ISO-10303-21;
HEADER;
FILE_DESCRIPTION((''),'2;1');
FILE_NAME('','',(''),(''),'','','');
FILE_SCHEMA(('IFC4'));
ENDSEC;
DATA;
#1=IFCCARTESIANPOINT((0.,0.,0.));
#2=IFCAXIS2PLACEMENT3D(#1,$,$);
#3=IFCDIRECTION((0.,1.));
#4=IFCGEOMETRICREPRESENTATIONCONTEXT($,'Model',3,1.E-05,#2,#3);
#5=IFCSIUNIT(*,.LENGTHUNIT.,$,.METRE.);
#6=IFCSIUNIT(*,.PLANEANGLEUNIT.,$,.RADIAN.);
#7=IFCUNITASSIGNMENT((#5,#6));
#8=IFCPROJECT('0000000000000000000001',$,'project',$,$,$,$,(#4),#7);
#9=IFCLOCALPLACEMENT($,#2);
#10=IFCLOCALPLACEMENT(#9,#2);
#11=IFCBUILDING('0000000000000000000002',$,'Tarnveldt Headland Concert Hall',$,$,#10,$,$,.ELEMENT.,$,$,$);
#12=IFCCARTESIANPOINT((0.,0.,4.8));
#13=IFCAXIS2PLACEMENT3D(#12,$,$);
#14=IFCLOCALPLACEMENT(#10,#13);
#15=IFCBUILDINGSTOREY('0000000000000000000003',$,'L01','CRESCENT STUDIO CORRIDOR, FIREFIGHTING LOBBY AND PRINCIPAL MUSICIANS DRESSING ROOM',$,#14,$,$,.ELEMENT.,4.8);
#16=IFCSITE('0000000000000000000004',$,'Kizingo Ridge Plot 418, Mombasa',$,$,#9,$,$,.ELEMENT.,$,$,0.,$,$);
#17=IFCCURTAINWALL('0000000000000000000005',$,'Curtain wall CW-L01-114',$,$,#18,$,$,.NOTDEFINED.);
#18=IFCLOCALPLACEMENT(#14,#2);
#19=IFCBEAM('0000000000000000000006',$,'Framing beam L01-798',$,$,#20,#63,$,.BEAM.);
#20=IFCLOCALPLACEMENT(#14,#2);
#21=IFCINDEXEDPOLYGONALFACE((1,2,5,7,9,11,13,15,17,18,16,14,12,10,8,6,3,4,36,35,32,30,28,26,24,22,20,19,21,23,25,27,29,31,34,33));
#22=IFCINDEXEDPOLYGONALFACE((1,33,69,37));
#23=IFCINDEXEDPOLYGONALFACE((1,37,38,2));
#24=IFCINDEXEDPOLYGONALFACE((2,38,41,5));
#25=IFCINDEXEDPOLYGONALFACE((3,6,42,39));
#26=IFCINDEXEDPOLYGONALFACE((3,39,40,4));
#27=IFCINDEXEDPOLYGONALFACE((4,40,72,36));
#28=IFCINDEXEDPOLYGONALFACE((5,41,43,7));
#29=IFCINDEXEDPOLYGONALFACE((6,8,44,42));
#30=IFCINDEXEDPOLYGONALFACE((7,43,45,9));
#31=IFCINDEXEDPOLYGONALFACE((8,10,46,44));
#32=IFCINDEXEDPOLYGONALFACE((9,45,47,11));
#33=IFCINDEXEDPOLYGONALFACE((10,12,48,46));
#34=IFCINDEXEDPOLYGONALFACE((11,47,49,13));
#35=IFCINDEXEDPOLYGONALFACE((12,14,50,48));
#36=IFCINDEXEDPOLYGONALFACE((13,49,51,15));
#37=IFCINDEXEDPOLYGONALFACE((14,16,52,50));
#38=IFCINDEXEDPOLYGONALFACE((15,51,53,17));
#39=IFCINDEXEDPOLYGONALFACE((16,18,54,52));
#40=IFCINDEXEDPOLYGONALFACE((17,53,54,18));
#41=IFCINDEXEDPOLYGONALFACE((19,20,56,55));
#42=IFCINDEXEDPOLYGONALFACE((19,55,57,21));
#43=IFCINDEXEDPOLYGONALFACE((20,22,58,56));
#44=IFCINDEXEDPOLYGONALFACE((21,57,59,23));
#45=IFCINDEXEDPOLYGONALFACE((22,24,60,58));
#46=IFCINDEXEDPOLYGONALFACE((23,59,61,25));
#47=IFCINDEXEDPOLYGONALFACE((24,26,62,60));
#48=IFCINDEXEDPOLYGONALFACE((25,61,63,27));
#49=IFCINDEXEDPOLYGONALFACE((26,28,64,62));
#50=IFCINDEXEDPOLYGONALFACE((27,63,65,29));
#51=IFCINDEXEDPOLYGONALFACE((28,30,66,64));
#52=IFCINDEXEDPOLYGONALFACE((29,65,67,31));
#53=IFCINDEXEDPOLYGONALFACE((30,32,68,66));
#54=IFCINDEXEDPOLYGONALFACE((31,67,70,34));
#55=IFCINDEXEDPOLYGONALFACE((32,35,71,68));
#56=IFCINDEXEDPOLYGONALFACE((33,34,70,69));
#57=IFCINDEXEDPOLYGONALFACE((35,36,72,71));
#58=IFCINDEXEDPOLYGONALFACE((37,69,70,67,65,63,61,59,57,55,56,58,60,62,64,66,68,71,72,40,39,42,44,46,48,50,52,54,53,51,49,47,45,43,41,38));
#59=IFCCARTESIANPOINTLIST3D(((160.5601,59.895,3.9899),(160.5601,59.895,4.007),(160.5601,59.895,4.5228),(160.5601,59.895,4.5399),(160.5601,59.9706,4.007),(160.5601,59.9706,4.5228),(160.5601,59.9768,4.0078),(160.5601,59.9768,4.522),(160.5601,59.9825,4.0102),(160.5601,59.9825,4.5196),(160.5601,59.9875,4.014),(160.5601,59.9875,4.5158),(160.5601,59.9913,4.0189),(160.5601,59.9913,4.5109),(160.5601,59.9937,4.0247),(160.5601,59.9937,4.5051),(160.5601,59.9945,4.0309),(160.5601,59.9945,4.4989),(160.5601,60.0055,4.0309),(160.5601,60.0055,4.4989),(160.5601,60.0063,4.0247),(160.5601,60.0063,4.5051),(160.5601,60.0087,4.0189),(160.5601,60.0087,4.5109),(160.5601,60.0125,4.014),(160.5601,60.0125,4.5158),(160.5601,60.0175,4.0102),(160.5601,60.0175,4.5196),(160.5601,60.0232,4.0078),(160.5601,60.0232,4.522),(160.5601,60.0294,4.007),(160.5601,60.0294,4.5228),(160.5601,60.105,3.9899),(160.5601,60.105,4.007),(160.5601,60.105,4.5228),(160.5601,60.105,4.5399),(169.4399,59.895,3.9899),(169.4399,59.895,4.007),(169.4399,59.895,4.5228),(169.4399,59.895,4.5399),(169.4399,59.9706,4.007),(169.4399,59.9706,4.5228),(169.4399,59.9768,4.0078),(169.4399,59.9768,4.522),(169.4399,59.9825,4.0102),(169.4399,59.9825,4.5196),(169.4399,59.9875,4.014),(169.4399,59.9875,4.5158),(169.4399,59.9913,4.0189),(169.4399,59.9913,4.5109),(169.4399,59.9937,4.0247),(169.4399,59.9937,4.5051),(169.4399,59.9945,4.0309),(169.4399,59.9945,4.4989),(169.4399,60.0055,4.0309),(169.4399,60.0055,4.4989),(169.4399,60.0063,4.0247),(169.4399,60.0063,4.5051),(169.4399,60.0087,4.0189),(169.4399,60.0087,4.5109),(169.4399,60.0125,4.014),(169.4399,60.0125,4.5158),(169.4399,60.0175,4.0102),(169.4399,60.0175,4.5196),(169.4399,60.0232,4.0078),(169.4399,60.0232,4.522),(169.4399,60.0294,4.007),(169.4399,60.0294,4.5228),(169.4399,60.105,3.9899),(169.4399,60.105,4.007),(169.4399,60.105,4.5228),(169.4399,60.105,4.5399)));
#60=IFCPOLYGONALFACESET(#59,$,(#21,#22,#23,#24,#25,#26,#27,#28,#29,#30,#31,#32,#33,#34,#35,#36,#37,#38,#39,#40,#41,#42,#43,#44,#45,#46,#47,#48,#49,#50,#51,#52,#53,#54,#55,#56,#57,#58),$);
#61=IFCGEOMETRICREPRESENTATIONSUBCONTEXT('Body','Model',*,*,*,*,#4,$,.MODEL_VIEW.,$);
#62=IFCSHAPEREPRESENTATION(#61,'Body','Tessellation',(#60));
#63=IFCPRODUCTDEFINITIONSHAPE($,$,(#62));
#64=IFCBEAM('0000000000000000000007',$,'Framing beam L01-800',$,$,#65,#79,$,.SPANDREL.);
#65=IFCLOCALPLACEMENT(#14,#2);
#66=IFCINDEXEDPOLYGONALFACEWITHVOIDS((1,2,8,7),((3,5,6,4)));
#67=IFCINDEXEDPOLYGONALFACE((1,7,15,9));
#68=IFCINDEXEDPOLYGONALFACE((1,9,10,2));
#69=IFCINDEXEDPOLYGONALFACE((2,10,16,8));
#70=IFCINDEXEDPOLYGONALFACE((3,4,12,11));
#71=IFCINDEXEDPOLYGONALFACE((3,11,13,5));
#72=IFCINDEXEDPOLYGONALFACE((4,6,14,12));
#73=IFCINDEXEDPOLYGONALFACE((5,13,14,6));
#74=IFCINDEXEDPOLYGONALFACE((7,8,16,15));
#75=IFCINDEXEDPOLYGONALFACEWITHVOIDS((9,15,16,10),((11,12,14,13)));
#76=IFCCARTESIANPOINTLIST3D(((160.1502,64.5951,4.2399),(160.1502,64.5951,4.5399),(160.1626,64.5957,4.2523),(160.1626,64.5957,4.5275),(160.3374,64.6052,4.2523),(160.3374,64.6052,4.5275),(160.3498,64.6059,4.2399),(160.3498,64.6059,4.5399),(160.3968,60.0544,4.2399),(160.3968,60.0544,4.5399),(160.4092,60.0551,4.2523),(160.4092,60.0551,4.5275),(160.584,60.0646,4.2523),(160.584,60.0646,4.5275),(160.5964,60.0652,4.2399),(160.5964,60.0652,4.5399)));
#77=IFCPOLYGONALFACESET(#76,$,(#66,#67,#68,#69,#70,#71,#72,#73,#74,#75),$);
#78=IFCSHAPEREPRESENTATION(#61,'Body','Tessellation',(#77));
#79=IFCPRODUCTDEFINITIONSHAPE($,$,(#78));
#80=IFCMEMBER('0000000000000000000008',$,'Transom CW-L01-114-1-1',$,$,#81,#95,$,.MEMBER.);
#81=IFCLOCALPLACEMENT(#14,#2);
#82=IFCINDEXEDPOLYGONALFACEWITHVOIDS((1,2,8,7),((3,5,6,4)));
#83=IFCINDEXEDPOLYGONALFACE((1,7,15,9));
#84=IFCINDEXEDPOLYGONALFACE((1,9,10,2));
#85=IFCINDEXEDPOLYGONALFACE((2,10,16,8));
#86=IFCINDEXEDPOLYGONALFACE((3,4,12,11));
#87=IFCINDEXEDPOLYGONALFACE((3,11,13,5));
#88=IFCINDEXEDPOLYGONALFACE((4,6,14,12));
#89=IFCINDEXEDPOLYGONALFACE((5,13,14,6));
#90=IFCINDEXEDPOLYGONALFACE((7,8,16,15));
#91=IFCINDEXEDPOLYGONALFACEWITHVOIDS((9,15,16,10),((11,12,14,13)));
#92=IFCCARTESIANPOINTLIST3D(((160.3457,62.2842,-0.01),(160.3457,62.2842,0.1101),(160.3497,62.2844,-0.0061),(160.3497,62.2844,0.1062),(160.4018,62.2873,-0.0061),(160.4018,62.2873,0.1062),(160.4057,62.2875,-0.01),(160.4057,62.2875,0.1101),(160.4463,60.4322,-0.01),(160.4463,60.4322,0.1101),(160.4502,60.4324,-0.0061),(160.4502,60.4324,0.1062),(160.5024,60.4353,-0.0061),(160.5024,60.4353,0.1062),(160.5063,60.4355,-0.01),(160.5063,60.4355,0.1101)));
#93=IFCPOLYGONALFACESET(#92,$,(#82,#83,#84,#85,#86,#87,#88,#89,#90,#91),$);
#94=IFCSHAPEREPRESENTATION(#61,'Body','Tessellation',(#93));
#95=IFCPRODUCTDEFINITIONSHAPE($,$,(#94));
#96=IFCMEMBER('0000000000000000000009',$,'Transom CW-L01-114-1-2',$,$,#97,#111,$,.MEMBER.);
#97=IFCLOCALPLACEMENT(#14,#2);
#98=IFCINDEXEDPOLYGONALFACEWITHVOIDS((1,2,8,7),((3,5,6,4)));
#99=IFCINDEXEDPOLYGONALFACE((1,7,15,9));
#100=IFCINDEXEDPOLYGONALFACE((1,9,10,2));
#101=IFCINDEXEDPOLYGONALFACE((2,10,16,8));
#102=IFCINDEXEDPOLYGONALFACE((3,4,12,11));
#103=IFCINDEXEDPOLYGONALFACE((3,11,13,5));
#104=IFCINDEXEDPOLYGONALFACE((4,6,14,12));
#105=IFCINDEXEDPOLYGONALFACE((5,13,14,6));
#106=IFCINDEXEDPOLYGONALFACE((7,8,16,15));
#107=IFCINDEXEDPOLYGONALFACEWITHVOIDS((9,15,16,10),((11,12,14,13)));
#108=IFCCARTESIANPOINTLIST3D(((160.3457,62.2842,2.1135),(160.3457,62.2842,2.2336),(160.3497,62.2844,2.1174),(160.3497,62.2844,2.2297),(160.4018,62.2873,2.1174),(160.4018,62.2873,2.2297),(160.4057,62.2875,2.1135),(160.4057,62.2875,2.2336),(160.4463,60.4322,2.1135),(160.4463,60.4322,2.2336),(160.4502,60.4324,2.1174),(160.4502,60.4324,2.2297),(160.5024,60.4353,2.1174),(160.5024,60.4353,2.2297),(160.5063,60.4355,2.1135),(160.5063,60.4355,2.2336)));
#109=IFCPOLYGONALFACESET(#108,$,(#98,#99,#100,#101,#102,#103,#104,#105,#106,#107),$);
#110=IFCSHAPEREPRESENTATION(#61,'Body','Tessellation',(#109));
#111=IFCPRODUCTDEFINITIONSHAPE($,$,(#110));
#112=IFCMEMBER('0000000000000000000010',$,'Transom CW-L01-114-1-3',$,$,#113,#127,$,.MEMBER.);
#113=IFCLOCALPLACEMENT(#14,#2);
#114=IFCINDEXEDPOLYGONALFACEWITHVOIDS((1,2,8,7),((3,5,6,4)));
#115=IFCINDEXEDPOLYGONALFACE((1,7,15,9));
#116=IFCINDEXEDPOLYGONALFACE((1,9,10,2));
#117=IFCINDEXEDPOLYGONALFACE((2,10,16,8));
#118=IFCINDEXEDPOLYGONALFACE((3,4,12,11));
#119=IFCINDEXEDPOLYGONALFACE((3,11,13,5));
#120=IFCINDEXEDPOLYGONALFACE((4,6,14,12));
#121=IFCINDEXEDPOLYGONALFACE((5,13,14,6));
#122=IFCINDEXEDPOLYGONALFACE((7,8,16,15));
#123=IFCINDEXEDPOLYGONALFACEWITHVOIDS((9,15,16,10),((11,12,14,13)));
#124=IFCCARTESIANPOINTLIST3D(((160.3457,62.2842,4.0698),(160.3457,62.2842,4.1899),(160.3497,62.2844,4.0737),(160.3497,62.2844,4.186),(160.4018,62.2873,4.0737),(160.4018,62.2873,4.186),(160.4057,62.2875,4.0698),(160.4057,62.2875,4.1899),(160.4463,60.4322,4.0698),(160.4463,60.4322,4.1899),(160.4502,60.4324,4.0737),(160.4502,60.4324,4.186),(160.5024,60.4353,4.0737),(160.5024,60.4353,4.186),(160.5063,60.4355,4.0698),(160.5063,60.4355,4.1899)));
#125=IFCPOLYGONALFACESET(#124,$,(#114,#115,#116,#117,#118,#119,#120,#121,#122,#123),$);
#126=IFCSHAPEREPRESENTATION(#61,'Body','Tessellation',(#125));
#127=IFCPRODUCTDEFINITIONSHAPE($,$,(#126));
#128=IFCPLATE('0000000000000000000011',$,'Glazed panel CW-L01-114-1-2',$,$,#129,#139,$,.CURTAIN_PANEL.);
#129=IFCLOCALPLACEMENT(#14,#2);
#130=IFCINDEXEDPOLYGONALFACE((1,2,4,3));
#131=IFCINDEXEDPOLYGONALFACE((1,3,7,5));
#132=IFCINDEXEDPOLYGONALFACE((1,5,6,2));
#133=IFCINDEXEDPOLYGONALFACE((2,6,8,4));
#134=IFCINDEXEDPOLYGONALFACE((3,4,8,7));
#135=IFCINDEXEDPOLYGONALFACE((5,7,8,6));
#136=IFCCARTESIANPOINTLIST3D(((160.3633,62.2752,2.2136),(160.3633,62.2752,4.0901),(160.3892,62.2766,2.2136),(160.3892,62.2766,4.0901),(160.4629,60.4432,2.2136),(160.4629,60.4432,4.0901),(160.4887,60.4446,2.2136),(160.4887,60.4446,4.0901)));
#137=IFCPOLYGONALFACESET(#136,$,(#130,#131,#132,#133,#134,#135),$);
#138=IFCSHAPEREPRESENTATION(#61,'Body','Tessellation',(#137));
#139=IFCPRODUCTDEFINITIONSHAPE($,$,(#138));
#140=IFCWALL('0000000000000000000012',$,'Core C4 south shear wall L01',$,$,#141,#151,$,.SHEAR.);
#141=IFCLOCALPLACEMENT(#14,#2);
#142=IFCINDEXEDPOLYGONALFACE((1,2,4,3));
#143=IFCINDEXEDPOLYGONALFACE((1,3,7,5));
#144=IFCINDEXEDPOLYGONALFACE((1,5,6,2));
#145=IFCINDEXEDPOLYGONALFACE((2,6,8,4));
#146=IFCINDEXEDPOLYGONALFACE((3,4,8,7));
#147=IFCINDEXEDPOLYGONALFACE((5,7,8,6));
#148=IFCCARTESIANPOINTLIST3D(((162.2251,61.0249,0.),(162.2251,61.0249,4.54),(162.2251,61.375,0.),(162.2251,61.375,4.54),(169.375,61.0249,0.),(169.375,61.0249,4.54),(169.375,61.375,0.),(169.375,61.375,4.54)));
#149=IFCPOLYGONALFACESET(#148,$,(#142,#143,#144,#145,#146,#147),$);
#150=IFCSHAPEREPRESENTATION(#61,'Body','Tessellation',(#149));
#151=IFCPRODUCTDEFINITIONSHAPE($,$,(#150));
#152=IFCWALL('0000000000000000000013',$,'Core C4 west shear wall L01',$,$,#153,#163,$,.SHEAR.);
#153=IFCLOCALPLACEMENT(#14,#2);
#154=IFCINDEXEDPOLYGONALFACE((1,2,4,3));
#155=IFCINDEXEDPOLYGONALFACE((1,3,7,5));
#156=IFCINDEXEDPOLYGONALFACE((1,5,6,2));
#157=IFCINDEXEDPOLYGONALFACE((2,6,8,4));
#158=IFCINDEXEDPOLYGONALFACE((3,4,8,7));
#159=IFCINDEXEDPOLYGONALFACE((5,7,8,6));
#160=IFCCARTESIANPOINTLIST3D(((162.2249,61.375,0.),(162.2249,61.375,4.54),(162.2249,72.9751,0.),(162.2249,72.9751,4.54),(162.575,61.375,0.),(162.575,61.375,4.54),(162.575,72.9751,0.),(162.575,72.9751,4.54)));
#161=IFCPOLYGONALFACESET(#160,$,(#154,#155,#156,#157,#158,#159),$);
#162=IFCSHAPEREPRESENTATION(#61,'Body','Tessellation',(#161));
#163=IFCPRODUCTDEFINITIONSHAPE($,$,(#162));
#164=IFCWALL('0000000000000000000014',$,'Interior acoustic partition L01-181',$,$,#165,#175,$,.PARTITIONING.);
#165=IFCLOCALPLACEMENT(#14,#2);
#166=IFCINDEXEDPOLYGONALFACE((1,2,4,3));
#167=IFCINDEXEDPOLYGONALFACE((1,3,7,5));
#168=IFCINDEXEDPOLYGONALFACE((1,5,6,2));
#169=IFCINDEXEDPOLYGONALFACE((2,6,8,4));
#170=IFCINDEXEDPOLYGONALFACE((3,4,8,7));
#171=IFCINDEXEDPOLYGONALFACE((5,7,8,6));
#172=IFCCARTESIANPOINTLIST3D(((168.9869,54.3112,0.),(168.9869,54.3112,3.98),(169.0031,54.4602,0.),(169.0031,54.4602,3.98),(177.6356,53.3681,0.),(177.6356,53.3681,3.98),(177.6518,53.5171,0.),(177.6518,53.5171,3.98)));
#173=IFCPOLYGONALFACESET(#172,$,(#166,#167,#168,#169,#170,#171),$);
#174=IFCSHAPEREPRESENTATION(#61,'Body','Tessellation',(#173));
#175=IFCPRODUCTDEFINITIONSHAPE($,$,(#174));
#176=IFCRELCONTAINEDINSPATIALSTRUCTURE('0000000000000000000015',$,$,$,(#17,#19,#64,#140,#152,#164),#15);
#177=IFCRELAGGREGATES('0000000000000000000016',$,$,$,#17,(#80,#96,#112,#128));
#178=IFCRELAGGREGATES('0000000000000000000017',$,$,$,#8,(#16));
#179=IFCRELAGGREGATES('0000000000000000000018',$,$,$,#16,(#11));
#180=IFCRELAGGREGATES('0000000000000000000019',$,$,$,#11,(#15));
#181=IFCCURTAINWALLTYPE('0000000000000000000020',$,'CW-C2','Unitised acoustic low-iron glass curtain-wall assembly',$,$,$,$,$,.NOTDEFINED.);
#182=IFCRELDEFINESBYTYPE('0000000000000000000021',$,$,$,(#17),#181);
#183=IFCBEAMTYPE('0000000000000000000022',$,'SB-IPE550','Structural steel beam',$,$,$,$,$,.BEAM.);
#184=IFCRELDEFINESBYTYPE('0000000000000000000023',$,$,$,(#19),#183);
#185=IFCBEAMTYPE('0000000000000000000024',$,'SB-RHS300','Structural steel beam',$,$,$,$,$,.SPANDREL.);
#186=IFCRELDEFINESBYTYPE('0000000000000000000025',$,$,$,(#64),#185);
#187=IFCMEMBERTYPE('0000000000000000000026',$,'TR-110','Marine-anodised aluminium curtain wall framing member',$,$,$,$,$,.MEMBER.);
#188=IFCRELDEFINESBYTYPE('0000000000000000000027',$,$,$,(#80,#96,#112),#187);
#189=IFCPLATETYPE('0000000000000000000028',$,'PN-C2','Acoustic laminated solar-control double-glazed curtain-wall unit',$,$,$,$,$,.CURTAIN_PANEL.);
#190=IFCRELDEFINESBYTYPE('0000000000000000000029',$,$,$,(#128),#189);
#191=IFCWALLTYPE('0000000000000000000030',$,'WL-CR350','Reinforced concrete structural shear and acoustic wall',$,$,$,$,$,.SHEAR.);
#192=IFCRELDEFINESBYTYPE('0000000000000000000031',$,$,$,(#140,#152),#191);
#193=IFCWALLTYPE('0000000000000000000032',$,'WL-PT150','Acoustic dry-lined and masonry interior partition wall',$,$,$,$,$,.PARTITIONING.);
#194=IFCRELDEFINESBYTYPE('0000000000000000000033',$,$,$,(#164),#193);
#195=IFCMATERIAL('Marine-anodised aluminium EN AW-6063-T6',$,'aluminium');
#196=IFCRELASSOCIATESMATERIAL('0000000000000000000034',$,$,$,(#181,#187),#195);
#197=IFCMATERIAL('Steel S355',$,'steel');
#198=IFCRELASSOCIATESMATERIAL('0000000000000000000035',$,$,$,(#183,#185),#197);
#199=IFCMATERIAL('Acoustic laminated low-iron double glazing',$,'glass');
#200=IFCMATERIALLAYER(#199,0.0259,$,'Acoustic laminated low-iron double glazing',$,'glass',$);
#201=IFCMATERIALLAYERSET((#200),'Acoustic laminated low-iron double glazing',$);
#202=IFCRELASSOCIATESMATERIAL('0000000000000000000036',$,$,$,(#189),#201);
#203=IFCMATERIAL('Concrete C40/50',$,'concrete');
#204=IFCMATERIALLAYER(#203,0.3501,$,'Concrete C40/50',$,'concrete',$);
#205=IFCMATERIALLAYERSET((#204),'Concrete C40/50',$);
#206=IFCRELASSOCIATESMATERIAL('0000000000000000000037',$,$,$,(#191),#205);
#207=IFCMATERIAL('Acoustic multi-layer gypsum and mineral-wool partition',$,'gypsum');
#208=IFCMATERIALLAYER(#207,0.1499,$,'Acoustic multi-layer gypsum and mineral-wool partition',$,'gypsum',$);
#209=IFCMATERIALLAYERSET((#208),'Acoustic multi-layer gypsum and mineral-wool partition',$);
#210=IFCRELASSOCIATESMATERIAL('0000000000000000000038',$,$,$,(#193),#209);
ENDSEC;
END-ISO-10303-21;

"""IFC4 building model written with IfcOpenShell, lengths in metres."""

from ifc_helpers import new_model, si_unit, direction, frame, frame_2d, origin, origin_2d, place, context, subcontext, project, spatial, rectangle, hollow_rectangle, i_section, extrude, material, layer, layer_set, material_profile, profile_set, type_object, element, aggregate, save


model = new_model("IFC4")

# Units and contexts
model_context = context("Model", 3, precision=1e-05, world=origin(), true_north=direction((0.0, 1.0)))
body_context = subcontext(model_context, "Body", "Model", "MODEL_VIEW")
ifc_project = project(units=[si_unit("LENGTHUNIT", "METRE"), si_unit("PLANEANGLEUNIT", "RADIAN")], contexts=[model_context])

# Site, building, storey
site_placement = place(None, origin())
site = spatial("IfcSite", under=ifc_project, at=site_placement, Name="Kizingo Ridge Plot 418, Mombasa", CompositionType="ELEMENT", RefElevation=0.0)
building_placement = place(site_placement, origin())
building = spatial("IfcBuilding", under=site, at=building_placement, Name="Tarnveldt Headland Concert Hall", CompositionType="ELEMENT")
storey_placement = place(building_placement, frame((0.0, 0.0, 4.8)))
storey = spatial("IfcBuildingStorey", under=building, at=storey_placement, Name="L01", Description="CRESCENT STUDIO CORRIDOR, FIREFIGHTING LOBBY AND PRINCIPAL MUSICIANS DRESSING ROOM", CompositionType="ELEMENT", Elevation=4.8)

# Shared definitions
ifc_material_1 = material(Name="Concrete C40/50", Category="concrete")

# Curtain wall
ifc_material_2 = material(Name="Marine-anodised aluminium EN AW-6063-T6", Category="aluminium")
curtain_wall_type = type_object("IfcCurtainWallType", Name="CW-C2", Description="Unitised acoustic low-iron glass curtain-wall assembly", PredefinedType="NOTDEFINED", material=ifc_material_2)
curtain_wall_1_placement = place(storey_placement, origin())
curtain_wall_1 = element("IfcCurtainWall", 1, at=curtain_wall_1_placement, inside=storey, type_object=curtain_wall_type, Name="Curtain wall CW-L01-114", PredefinedType="NOTDEFINED")

# Beams
ifc_material_3 = material(Name="Steel S355", Category="steel")
ifc_material_profile_1 = material_profile(ifc_material_3, i_section(OverallWidth=0.21, OverallDepth=0.55, WebThickness=0.011, FlangeThickness=0.0171, FilletRadius=0.0239, at=origin_2d()), Name="IPE550", Category="steel")
ifc_profile_set_1 = profile_set([ifc_material_profile_1], Name="Steel S355")
beam_type_1 = type_object("IfcBeamType", Name="SB-IPE550", Description="Structural steel beam", PredefinedType="BEAM", material=ifc_profile_set_1)
beam_1_placement = place(storey_placement, frame((160.5601, 60.0, 4.2649), z_axis=(1.0, 0.0, 0.0), x_axis=(0.0, 1.0, 0.0)))
element("IfcBeam", 2, at=beam_1_placement, inside=storey, type_object=beam_type_1, Name="Framing beam L01-798", PredefinedType="BEAM", context=body_context, shape_type="SweptSolid", body=[
    extrude(i_section(OverallWidth=0.21, OverallDepth=0.55, WebThickness=0.011, FlangeThickness=0.0171, FilletRadius=0.0239, at=origin_2d()), origin(), (0.0, 0.0, 1.0), 8.8799),
])
ifc_material_profile_2 = material_profile(ifc_material_3, hollow_rectangle(XDim=0.2, YDim=0.3, WallThickness=0.0125, at=origin_2d()), Name="RHS 300x200x12.5", Category="steel")
ifc_profile_set_2 = profile_set([ifc_material_profile_2], Name="Steel S355")
beam_type_2 = type_object("IfcBeamType", Name="SB-RHS300", Description="Structural steel beam", PredefinedType="SPANDREL", material=ifc_profile_set_2)
beam_2_placement = place(storey_placement, frame((160.4966, 60.0598, 4.3899), z_axis=(-0.054224, 0.998529, 0.0), x_axis=(-0.998529, -0.054224, 0.0)))
element("IfcBeam", 3, at=beam_2_placement, inside=storey, type_object=beam_type_2, Name="Framing beam L01-800", PredefinedType="SPANDREL", context=body_context, shape_type="SweptSolid", body=[
    extrude(hollow_rectangle(XDim=0.2, YDim=0.3, WallThickness=0.0125, at=origin_2d()), origin(), (0.0, 0.0, 1.0), 4.5474),
])

# Members
ifc_material_profile_3 = material_profile(ifc_material_2, hollow_rectangle(XDim=0.0601, YDim=0.1201, WallThickness=0.0039, at=origin_2d()), Name="ALU TRANSOM 60x120x4", Category="aluminium")
ifc_profile_set_3 = profile_set([ifc_material_profile_3], Name="Marine-anodised aluminium EN AW-6063-T6")
member_type_1 = type_object("IfcMemberType", Name="TR-110", Description="Marine-anodised aluminium curtain wall framing member", PredefinedType="MEMBER", material=ifc_profile_set_3)
member_1_placement = place(storey_placement, frame((160.4763, 60.4338, 0.05), z_axis=(-0.054231, 0.998528, 0.0), x_axis=(-0.998528, -0.054231, 0.0)))
member_1 = element("IfcMember", 4, at=member_1_placement, type_object=member_type_1, Name="Transom CW-L01-114-1-1", PredefinedType="MEMBER", context=body_context, shape_type="SweptSolid", body=[
    extrude(hollow_rectangle(XDim=0.0601, YDim=0.1201, WallThickness=0.0039, at=origin_2d()), origin(), (0.0, 0.0, 1.0), 1.8547),
])
member_2_placement = place(storey_placement, frame((160.4763, 60.4338, 2.1736), z_axis=(-0.054231, 0.998528, 0.0), x_axis=(-0.998528, -0.054231, 0.0)))
member_2 = element("IfcMember", 5, at=member_2_placement, type_object=member_type_1, Name="Transom CW-L01-114-1-2", PredefinedType="MEMBER", context=body_context, shape_type="SweptSolid", body=[
    extrude(hollow_rectangle(XDim=0.0601, YDim=0.1201, WallThickness=0.0039, at=origin_2d()), origin(), (0.0, 0.0, 1.0), 1.8547),
])
member_3_placement = place(storey_placement, frame((160.4763, 60.4338, 4.1299), z_axis=(-0.054231, 0.998528, 0.0), x_axis=(-0.998528, -0.054231, 0.0)))
member_3 = element("IfcMember", 6, at=member_3_placement, type_object=member_type_1, Name="Transom CW-L01-114-1-3", PredefinedType="MEMBER", context=body_context, shape_type="SweptSolid", body=[
    extrude(hollow_rectangle(XDim=0.0601, YDim=0.1201, WallThickness=0.0039, at=origin_2d()), origin(), (0.0, 0.0, 1.0), 1.8547),
])

# Plate
ifc_material_4 = material(Name="Acoustic laminated low-iron double glazing", Category="glass")
ifc_layer_1 = layer(ifc_material_4, 0.0259, Name="Acoustic laminated low-iron double glazing", Category="glass")
ifc_layer_set_1 = layer_set([ifc_layer_1], Name="Acoustic laminated low-iron double glazing")
plate_type = type_object("IfcPlateType", Name="PN-C2", Description="Acoustic laminated solar-control double-glazed curtain-wall unit", PredefinedType="CURTAIN_PANEL", material=ifc_layer_set_1)
plate_placement = place(storey_placement, frame((160.426, 61.3599, 2.2136), z_axis=(0.0, 0.0, 1.0), x_axis=(-0.054253, 0.998527, 0.0)))
plate = element("IfcPlate", 7, at=plate_placement, type_object=plate_type, Name="Glazed panel CW-L01-114-1-2", PredefinedType="CURTAIN_PANEL", context=body_context, shape_type="SweptSolid", body=[
    extrude(rectangle(XDim=1.8347, YDim=0.0259, at=origin_2d()), origin(), (0.0, 0.0, 1.0), 1.8765),
])
aggregate(curtain_wall_1, [member_1, member_2, member_3, plate])

# Walls
ifc_layer_2 = layer(ifc_material_1, 0.3501, Name="Concrete C40/50", Category="concrete")
ifc_layer_set_2 = layer_set([ifc_layer_2], Name="Concrete C40/50")
wall_type_1 = type_object("IfcWallType", Name="WL-CR350", Description="Reinforced concrete structural shear and acoustic wall", PredefinedType="SHEAR", material=ifc_layer_set_2)
wall_1_placement = place(storey_placement, frame((162.2251, 61.2, 0.0), z_axis=(0.0, 0.0, 1.0), x_axis=(1.0, 0.0, 0.0)))
element("IfcWall", 8, at=wall_1_placement, inside=storey, type_object=wall_type_1, Name="Core C4 south shear wall L01", PredefinedType="SHEAR", context=body_context, shape_type="SweptSolid", body=[
    extrude(rectangle(XDim=7.1499, YDim=0.3501, at=frame_2d((3.575, 0.0))), origin(), (0.0, 0.0, 1.0), 4.54),
])
wall_2_placement = place(storey_placement, frame((162.3999, 61.375, 0.0), z_axis=(0.0, 0.0, 1.0), x_axis=(0.0, 1.0, 0.0)))
element("IfcWall", 9, at=wall_2_placement, inside=storey, type_object=wall_type_1, Name="Core C4 west shear wall L01", PredefinedType="SHEAR", context=body_context, shape_type="SweptSolid", body=[
    extrude(rectangle(XDim=11.6001, YDim=0.3501, at=frame_2d((5.8, 0.0))), origin(), (0.0, 0.0, 1.0), 4.54),
])
ifc_material_5 = material(Name="Acoustic multi-layer gypsum and mineral-wool partition", Category="gypsum")
ifc_layer_3 = layer(ifc_material_5, 0.1499, Name="Acoustic multi-layer gypsum and mineral-wool partition", Category="gypsum")
ifc_layer_set_3 = layer_set([ifc_layer_3], Name="Acoustic multi-layer gypsum and mineral-wool partition")
wall_type_2 = type_object("IfcWallType", Name="WL-PT150", Description="Acoustic dry-lined and masonry interior partition wall", PredefinedType="PARTITIONING", material=ifc_layer_set_3)
wall_3_placement = place(storey_placement, frame((168.9949, 54.3857, 0.0), z_axis=(0.0, 0.0, 1.0), x_axis=(0.994107, -0.108405, 0.0)))
element("IfcWall", 10, at=wall_3_placement, inside=storey, type_object=wall_type_2, Name="Interior acoustic partition L01-181", PredefinedType="PARTITIONING", context=body_context, shape_type="SweptSolid", body=[
    extrude(rectangle(XDim=8.7, YDim=0.1499, at=frame_2d((4.3501, 0.0))), origin(), (0.0, 0.0, 1.0), 3.98),
])

save(model, "model.ifc")
